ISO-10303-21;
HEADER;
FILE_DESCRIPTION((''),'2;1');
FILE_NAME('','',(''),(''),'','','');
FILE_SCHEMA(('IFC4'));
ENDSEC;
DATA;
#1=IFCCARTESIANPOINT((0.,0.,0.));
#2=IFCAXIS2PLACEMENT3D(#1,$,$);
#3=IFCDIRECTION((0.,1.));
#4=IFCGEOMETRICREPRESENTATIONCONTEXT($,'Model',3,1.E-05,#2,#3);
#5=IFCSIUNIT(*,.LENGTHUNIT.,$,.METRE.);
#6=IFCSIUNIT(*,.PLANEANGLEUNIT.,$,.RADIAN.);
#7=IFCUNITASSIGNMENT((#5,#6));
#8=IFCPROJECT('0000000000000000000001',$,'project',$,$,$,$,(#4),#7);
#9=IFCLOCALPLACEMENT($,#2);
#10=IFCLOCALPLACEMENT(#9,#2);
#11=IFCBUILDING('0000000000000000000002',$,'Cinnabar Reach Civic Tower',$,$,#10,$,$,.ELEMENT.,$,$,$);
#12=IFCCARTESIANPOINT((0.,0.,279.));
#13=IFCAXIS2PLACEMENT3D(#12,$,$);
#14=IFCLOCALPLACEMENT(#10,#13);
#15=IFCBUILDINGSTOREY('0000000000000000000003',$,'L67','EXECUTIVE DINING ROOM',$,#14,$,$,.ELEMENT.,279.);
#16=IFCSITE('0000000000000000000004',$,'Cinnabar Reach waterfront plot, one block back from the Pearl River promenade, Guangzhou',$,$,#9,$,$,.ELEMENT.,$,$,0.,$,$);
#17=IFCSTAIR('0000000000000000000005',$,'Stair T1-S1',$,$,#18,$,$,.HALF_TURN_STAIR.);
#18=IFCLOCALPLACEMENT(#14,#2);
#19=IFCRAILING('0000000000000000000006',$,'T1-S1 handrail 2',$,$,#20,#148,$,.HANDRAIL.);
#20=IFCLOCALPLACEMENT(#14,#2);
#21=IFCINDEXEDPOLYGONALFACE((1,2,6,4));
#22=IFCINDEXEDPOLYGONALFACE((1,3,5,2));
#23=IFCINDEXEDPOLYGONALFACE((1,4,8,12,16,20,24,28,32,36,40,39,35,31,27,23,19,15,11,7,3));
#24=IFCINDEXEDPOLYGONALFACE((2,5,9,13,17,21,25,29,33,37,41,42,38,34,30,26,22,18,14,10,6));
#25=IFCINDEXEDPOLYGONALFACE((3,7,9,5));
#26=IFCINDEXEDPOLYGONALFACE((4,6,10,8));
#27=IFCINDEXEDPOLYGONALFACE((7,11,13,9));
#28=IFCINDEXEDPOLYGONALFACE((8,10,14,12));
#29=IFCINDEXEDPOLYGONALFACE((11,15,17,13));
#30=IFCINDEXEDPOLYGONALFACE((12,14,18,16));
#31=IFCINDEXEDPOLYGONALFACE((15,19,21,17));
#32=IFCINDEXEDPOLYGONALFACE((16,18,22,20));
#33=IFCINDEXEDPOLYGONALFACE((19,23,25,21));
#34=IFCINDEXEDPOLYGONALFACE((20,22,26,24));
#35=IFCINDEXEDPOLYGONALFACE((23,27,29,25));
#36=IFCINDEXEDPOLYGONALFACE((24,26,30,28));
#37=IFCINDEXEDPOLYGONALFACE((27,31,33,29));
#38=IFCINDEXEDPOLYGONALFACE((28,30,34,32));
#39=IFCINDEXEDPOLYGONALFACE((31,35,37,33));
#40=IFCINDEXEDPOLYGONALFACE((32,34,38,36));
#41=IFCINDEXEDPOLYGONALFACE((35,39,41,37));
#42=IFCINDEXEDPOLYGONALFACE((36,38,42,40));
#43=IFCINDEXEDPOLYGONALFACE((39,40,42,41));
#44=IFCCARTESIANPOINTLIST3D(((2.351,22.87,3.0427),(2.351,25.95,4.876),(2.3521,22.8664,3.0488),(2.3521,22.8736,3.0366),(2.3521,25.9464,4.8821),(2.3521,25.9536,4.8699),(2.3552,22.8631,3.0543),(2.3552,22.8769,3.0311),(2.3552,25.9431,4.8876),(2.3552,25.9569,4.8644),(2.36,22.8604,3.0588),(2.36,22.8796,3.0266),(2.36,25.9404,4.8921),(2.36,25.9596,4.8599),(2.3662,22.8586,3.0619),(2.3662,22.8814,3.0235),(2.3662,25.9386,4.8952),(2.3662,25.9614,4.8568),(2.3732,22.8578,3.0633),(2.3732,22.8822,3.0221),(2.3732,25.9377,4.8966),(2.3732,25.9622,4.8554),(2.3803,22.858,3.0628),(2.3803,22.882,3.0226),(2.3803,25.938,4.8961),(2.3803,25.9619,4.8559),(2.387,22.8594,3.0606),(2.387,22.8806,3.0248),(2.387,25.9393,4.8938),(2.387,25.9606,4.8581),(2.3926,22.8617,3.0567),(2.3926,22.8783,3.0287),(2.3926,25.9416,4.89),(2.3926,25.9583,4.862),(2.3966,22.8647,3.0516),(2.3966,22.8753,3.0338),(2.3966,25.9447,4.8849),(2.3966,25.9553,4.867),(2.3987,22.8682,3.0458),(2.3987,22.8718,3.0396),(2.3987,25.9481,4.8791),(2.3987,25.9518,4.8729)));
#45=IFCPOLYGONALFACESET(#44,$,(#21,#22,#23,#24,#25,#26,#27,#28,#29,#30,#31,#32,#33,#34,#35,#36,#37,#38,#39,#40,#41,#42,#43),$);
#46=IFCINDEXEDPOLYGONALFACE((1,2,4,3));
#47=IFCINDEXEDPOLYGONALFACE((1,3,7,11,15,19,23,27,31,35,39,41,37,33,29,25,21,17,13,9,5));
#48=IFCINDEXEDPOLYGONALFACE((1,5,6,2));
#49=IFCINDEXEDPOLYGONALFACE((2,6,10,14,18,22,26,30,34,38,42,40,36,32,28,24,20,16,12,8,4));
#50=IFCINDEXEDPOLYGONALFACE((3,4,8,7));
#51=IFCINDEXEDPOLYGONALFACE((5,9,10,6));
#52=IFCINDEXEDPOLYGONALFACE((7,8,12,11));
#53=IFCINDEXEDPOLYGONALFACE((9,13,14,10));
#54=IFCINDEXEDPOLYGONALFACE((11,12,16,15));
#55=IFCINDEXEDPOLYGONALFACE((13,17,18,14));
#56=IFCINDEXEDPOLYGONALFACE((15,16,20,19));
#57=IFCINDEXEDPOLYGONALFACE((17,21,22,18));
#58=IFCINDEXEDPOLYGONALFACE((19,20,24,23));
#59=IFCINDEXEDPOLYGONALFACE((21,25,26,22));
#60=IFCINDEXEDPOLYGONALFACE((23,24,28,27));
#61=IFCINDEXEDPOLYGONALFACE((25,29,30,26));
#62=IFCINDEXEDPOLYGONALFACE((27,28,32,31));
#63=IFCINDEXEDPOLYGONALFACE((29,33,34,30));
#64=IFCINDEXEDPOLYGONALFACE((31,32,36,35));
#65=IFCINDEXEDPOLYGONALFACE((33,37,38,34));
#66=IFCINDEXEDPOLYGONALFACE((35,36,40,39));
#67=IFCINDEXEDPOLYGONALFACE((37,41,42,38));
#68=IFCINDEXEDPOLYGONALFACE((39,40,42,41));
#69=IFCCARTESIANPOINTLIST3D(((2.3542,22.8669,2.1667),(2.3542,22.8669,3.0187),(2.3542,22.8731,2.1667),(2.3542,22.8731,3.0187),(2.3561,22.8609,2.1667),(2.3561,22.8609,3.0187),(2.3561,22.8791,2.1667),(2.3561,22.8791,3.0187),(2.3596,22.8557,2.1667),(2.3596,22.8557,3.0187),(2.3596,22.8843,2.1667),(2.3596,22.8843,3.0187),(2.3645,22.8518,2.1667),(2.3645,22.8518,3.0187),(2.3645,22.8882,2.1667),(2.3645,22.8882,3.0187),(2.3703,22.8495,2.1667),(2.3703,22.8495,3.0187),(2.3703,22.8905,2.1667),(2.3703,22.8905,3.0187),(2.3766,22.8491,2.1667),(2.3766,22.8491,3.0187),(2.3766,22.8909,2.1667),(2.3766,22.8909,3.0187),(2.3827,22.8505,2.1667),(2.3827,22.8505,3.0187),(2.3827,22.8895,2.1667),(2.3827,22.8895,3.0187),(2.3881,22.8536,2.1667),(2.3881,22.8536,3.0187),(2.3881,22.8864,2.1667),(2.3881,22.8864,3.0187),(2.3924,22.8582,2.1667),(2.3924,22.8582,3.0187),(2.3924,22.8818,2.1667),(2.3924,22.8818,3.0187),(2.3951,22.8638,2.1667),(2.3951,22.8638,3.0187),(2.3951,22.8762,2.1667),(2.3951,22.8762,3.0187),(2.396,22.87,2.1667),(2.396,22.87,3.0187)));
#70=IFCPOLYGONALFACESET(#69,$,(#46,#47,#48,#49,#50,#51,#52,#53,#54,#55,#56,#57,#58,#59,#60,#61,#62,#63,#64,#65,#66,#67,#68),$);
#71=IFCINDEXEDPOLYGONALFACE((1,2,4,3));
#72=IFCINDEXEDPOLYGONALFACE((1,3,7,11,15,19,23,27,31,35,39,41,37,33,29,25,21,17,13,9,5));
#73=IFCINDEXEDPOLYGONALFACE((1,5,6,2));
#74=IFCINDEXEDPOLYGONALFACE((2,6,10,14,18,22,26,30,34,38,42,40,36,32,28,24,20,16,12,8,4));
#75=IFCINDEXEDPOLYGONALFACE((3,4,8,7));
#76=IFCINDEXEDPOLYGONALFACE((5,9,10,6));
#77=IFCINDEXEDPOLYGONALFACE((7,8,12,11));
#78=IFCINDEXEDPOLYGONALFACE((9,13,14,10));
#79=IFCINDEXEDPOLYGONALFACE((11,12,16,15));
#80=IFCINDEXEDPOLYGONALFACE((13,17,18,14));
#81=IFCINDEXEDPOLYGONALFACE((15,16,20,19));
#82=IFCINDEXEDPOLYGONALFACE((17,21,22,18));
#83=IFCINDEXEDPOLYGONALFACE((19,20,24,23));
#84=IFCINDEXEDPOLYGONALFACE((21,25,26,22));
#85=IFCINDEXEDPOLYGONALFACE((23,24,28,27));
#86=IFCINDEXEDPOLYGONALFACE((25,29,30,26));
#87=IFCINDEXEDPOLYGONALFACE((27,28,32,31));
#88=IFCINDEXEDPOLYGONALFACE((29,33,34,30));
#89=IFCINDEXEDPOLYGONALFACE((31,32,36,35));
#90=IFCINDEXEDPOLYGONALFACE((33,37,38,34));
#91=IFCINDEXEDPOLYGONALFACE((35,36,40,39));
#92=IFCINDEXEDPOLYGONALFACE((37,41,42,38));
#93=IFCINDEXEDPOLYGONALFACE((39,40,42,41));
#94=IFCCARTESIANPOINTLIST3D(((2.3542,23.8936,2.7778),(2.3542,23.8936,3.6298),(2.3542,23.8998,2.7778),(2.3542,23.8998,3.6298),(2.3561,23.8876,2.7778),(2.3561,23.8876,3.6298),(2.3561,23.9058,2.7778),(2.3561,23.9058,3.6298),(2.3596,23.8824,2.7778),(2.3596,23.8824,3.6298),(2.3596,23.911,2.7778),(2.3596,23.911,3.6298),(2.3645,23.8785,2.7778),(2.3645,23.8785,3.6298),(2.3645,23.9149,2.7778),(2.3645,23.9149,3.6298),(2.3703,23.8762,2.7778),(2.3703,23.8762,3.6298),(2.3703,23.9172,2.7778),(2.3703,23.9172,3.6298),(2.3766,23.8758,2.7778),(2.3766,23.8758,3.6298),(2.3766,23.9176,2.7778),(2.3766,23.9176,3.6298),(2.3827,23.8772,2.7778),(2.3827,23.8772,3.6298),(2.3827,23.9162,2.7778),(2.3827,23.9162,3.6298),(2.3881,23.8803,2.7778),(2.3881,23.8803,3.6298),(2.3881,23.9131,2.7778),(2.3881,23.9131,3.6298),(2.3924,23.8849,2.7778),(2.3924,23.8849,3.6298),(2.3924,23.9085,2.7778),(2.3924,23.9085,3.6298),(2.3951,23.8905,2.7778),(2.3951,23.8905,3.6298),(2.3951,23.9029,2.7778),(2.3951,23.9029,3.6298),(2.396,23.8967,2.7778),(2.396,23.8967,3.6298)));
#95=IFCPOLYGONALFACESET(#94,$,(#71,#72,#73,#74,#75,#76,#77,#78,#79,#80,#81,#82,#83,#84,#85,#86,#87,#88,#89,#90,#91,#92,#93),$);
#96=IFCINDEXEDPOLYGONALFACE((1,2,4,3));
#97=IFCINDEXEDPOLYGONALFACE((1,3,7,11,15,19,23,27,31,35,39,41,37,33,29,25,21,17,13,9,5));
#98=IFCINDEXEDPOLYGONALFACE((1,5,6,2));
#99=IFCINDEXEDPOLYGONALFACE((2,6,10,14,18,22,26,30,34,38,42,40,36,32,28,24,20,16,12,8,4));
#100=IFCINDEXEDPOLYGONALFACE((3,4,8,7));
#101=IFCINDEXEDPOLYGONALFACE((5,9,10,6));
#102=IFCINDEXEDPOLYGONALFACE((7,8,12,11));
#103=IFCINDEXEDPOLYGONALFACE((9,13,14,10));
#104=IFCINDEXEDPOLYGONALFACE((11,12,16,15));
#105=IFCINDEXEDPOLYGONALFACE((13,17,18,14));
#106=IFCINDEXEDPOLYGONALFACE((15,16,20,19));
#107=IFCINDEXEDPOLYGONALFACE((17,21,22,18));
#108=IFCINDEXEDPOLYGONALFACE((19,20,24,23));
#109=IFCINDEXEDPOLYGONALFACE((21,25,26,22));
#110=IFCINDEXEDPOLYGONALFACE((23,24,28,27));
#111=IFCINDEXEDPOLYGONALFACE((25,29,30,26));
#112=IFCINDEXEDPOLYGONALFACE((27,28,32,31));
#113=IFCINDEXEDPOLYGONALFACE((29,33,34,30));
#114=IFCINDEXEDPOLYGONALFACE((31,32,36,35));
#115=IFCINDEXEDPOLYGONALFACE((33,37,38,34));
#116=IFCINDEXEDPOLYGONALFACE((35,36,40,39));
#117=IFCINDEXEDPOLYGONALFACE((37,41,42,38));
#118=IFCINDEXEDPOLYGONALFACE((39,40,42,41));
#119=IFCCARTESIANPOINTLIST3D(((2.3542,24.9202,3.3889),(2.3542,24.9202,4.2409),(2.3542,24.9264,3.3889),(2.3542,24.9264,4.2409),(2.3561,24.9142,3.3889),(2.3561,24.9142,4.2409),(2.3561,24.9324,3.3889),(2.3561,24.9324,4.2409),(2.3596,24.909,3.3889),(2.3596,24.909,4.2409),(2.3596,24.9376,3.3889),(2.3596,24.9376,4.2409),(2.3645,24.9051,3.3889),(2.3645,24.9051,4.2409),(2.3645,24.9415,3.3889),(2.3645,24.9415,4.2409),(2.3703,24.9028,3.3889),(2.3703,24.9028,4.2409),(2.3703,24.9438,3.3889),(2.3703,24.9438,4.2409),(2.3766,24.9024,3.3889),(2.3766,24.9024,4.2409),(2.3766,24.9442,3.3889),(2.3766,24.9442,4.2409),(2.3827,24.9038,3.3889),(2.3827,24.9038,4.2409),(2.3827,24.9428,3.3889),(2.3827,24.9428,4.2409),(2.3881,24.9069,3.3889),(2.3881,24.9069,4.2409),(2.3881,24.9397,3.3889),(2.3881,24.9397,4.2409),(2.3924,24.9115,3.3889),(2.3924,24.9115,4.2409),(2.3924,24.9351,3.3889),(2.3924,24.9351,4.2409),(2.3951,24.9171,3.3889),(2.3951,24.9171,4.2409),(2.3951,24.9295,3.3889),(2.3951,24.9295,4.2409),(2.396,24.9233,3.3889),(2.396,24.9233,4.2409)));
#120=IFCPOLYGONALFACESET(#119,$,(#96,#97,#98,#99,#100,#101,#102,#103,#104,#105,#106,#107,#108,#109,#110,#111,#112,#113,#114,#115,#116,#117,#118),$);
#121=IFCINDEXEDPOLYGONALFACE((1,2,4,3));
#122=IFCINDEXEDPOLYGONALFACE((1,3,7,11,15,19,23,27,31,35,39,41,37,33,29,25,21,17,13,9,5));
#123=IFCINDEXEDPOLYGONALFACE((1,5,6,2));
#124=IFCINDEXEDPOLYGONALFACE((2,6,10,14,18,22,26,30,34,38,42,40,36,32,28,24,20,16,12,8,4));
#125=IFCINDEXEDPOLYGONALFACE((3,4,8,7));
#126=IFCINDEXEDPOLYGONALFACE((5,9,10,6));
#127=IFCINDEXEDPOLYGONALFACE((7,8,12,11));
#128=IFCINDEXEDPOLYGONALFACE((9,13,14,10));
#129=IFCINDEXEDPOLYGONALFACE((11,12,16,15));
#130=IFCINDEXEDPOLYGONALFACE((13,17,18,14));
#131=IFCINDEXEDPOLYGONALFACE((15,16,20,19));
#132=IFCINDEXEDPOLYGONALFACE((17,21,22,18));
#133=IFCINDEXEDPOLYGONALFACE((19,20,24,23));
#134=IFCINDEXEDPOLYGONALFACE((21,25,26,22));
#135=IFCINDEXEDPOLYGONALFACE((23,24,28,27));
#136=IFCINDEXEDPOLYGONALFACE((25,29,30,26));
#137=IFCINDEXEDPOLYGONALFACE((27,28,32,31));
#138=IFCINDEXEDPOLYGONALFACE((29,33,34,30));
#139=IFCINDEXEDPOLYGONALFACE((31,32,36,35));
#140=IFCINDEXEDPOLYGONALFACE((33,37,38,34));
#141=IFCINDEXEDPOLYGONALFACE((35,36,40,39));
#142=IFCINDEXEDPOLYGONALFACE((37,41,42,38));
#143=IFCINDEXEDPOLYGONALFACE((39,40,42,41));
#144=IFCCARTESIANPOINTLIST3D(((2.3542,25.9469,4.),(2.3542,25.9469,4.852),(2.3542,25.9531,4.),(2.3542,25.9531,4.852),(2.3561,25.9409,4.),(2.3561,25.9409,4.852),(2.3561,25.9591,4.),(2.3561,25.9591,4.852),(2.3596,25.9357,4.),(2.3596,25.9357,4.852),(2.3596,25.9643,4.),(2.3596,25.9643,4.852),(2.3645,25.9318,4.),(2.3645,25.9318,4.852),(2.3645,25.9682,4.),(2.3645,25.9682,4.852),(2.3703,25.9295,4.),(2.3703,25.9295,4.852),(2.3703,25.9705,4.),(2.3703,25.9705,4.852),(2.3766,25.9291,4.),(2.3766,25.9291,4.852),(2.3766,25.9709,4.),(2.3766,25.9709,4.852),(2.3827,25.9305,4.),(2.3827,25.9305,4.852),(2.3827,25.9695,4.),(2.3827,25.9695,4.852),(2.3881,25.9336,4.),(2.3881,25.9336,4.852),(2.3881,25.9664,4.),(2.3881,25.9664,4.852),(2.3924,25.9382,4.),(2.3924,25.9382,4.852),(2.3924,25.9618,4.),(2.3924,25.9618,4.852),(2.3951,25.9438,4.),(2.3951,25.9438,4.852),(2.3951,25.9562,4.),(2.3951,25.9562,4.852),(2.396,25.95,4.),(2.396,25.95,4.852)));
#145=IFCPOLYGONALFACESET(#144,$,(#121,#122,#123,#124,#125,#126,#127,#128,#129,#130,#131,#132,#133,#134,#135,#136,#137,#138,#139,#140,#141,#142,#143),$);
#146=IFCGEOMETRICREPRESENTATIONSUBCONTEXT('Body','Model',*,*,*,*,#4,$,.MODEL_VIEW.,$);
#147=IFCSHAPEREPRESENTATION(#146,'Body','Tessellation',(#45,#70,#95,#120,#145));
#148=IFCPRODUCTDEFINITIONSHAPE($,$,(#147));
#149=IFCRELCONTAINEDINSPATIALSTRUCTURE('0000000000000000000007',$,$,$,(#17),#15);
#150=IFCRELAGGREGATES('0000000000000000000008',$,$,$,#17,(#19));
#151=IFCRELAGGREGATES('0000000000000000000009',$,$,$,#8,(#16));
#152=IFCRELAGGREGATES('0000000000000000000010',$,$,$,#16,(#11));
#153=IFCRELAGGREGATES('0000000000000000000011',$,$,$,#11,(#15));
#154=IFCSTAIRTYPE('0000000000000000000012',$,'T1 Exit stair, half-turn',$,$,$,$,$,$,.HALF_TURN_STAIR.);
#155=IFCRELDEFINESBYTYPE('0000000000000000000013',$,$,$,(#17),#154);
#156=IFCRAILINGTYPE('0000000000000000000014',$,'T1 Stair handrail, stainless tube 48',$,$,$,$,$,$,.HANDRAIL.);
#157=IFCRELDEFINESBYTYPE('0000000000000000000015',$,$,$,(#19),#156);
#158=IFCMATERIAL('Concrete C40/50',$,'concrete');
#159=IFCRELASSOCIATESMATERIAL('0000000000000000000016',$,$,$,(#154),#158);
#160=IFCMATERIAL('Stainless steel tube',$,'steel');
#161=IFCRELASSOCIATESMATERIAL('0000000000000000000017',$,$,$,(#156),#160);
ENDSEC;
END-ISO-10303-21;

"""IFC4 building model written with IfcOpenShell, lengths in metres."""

from ifc_helpers import new_model, si_unit, direction, frame, origin, origin_2d, place, context, subcontext, project, spatial, circle, extrude, material, type_object, element, aggregate, save


model = new_model("IFC4")

# Units and contexts
model_context = context("Model", 3, precision=1e-05, world=origin(), true_north=direction((0.0, 1.0)))
body_context = subcontext(model_context, "Body", "Model", "MODEL_VIEW")
ifc_project = project(units=[si_unit("LENGTHUNIT", "METRE"), si_unit("PLANEANGLEUNIT", "RADIAN")], contexts=[model_context])

# Site, building, storey
site_placement = place(None, origin())
site = spatial("IfcSite", under=ifc_project, at=site_placement, Name="Cinnabar Reach waterfront plot, one block back from the Pearl River promenade, Guangzhou", CompositionType="ELEMENT", RefElevation=0.0)
building_placement = place(site_placement, origin())
building = spatial("IfcBuilding", under=site, at=building_placement, Name="Cinnabar Reach Civic Tower", CompositionType="ELEMENT")
storey_placement = place(building_placement, frame((0.0, 0.0, 279.0)))
storey = spatial("IfcBuildingStorey", under=building, at=storey_placement, Name="L67", Description="EXECUTIVE DINING ROOM", CompositionType="ELEMENT", Elevation=279.0)

# Shared definitions
ifc_material_1 = material(Name="Concrete C40/50", Category="concrete")

# Stair, railing
stair_type = type_object("IfcStairType", Name="T1 Exit stair, half-turn", PredefinedType="HALF_TURN_STAIR", material=ifc_material_1)
stair_placement = place(storey_placement, origin())
stair = element("IfcStair", 1, at=stair_placement, inside=storey, type_object=stair_type, Name="Stair T1-S1", PredefinedType="HALF_TURN_STAIR")
ifc_material_2 = material(Name="Stainless steel tube", Category="steel")
railing_type = type_object("IfcRailingType", Name="T1 Stair handrail, stainless tube 48", PredefinedType="HANDRAIL", material=ifc_material_2)
railing_1_placement = place(storey_placement, frame((2.375, 22.87, 2.1667)))
railing_1 = element("IfcRailing", 2, at=railing_1_placement, type_object=railing_type, Name="T1-S1 handrail 2", PredefinedType="HANDRAIL", context=body_context, shape_type="SweptSolid", body=[
    extrude(circle(Radius=0.024, at=origin_2d()), frame((0.0, 0.0, 0.876), z_axis=(0.0, 0.859297, 0.511477), x_axis=(-1.0, 0.0, 0.0)), (0.0, 0.0, 1.0), 3.5843),
    extrude(circle(Radius=0.021, at=origin_2d()), origin(), (0.0, 0.0, 1.0), 0.852),
    extrude(circle(Radius=0.021, at=origin_2d()), frame((0.0, 1.0267, 0.6111)), (0.0, 0.0, 1.0), 0.852),
    extrude(circle(Radius=0.021, at=origin_2d()), frame((0.0, 2.0533, 1.2222)), (0.0, 0.0, 1.0), 0.852),
    extrude(circle(Radius=0.021, at=origin_2d()), frame((0.0, 3.08, 1.8333)), (0.0, 0.0, 1.0), 0.852),
])
aggregate(stair, [railing_1])

save(model, "model.ifc")
